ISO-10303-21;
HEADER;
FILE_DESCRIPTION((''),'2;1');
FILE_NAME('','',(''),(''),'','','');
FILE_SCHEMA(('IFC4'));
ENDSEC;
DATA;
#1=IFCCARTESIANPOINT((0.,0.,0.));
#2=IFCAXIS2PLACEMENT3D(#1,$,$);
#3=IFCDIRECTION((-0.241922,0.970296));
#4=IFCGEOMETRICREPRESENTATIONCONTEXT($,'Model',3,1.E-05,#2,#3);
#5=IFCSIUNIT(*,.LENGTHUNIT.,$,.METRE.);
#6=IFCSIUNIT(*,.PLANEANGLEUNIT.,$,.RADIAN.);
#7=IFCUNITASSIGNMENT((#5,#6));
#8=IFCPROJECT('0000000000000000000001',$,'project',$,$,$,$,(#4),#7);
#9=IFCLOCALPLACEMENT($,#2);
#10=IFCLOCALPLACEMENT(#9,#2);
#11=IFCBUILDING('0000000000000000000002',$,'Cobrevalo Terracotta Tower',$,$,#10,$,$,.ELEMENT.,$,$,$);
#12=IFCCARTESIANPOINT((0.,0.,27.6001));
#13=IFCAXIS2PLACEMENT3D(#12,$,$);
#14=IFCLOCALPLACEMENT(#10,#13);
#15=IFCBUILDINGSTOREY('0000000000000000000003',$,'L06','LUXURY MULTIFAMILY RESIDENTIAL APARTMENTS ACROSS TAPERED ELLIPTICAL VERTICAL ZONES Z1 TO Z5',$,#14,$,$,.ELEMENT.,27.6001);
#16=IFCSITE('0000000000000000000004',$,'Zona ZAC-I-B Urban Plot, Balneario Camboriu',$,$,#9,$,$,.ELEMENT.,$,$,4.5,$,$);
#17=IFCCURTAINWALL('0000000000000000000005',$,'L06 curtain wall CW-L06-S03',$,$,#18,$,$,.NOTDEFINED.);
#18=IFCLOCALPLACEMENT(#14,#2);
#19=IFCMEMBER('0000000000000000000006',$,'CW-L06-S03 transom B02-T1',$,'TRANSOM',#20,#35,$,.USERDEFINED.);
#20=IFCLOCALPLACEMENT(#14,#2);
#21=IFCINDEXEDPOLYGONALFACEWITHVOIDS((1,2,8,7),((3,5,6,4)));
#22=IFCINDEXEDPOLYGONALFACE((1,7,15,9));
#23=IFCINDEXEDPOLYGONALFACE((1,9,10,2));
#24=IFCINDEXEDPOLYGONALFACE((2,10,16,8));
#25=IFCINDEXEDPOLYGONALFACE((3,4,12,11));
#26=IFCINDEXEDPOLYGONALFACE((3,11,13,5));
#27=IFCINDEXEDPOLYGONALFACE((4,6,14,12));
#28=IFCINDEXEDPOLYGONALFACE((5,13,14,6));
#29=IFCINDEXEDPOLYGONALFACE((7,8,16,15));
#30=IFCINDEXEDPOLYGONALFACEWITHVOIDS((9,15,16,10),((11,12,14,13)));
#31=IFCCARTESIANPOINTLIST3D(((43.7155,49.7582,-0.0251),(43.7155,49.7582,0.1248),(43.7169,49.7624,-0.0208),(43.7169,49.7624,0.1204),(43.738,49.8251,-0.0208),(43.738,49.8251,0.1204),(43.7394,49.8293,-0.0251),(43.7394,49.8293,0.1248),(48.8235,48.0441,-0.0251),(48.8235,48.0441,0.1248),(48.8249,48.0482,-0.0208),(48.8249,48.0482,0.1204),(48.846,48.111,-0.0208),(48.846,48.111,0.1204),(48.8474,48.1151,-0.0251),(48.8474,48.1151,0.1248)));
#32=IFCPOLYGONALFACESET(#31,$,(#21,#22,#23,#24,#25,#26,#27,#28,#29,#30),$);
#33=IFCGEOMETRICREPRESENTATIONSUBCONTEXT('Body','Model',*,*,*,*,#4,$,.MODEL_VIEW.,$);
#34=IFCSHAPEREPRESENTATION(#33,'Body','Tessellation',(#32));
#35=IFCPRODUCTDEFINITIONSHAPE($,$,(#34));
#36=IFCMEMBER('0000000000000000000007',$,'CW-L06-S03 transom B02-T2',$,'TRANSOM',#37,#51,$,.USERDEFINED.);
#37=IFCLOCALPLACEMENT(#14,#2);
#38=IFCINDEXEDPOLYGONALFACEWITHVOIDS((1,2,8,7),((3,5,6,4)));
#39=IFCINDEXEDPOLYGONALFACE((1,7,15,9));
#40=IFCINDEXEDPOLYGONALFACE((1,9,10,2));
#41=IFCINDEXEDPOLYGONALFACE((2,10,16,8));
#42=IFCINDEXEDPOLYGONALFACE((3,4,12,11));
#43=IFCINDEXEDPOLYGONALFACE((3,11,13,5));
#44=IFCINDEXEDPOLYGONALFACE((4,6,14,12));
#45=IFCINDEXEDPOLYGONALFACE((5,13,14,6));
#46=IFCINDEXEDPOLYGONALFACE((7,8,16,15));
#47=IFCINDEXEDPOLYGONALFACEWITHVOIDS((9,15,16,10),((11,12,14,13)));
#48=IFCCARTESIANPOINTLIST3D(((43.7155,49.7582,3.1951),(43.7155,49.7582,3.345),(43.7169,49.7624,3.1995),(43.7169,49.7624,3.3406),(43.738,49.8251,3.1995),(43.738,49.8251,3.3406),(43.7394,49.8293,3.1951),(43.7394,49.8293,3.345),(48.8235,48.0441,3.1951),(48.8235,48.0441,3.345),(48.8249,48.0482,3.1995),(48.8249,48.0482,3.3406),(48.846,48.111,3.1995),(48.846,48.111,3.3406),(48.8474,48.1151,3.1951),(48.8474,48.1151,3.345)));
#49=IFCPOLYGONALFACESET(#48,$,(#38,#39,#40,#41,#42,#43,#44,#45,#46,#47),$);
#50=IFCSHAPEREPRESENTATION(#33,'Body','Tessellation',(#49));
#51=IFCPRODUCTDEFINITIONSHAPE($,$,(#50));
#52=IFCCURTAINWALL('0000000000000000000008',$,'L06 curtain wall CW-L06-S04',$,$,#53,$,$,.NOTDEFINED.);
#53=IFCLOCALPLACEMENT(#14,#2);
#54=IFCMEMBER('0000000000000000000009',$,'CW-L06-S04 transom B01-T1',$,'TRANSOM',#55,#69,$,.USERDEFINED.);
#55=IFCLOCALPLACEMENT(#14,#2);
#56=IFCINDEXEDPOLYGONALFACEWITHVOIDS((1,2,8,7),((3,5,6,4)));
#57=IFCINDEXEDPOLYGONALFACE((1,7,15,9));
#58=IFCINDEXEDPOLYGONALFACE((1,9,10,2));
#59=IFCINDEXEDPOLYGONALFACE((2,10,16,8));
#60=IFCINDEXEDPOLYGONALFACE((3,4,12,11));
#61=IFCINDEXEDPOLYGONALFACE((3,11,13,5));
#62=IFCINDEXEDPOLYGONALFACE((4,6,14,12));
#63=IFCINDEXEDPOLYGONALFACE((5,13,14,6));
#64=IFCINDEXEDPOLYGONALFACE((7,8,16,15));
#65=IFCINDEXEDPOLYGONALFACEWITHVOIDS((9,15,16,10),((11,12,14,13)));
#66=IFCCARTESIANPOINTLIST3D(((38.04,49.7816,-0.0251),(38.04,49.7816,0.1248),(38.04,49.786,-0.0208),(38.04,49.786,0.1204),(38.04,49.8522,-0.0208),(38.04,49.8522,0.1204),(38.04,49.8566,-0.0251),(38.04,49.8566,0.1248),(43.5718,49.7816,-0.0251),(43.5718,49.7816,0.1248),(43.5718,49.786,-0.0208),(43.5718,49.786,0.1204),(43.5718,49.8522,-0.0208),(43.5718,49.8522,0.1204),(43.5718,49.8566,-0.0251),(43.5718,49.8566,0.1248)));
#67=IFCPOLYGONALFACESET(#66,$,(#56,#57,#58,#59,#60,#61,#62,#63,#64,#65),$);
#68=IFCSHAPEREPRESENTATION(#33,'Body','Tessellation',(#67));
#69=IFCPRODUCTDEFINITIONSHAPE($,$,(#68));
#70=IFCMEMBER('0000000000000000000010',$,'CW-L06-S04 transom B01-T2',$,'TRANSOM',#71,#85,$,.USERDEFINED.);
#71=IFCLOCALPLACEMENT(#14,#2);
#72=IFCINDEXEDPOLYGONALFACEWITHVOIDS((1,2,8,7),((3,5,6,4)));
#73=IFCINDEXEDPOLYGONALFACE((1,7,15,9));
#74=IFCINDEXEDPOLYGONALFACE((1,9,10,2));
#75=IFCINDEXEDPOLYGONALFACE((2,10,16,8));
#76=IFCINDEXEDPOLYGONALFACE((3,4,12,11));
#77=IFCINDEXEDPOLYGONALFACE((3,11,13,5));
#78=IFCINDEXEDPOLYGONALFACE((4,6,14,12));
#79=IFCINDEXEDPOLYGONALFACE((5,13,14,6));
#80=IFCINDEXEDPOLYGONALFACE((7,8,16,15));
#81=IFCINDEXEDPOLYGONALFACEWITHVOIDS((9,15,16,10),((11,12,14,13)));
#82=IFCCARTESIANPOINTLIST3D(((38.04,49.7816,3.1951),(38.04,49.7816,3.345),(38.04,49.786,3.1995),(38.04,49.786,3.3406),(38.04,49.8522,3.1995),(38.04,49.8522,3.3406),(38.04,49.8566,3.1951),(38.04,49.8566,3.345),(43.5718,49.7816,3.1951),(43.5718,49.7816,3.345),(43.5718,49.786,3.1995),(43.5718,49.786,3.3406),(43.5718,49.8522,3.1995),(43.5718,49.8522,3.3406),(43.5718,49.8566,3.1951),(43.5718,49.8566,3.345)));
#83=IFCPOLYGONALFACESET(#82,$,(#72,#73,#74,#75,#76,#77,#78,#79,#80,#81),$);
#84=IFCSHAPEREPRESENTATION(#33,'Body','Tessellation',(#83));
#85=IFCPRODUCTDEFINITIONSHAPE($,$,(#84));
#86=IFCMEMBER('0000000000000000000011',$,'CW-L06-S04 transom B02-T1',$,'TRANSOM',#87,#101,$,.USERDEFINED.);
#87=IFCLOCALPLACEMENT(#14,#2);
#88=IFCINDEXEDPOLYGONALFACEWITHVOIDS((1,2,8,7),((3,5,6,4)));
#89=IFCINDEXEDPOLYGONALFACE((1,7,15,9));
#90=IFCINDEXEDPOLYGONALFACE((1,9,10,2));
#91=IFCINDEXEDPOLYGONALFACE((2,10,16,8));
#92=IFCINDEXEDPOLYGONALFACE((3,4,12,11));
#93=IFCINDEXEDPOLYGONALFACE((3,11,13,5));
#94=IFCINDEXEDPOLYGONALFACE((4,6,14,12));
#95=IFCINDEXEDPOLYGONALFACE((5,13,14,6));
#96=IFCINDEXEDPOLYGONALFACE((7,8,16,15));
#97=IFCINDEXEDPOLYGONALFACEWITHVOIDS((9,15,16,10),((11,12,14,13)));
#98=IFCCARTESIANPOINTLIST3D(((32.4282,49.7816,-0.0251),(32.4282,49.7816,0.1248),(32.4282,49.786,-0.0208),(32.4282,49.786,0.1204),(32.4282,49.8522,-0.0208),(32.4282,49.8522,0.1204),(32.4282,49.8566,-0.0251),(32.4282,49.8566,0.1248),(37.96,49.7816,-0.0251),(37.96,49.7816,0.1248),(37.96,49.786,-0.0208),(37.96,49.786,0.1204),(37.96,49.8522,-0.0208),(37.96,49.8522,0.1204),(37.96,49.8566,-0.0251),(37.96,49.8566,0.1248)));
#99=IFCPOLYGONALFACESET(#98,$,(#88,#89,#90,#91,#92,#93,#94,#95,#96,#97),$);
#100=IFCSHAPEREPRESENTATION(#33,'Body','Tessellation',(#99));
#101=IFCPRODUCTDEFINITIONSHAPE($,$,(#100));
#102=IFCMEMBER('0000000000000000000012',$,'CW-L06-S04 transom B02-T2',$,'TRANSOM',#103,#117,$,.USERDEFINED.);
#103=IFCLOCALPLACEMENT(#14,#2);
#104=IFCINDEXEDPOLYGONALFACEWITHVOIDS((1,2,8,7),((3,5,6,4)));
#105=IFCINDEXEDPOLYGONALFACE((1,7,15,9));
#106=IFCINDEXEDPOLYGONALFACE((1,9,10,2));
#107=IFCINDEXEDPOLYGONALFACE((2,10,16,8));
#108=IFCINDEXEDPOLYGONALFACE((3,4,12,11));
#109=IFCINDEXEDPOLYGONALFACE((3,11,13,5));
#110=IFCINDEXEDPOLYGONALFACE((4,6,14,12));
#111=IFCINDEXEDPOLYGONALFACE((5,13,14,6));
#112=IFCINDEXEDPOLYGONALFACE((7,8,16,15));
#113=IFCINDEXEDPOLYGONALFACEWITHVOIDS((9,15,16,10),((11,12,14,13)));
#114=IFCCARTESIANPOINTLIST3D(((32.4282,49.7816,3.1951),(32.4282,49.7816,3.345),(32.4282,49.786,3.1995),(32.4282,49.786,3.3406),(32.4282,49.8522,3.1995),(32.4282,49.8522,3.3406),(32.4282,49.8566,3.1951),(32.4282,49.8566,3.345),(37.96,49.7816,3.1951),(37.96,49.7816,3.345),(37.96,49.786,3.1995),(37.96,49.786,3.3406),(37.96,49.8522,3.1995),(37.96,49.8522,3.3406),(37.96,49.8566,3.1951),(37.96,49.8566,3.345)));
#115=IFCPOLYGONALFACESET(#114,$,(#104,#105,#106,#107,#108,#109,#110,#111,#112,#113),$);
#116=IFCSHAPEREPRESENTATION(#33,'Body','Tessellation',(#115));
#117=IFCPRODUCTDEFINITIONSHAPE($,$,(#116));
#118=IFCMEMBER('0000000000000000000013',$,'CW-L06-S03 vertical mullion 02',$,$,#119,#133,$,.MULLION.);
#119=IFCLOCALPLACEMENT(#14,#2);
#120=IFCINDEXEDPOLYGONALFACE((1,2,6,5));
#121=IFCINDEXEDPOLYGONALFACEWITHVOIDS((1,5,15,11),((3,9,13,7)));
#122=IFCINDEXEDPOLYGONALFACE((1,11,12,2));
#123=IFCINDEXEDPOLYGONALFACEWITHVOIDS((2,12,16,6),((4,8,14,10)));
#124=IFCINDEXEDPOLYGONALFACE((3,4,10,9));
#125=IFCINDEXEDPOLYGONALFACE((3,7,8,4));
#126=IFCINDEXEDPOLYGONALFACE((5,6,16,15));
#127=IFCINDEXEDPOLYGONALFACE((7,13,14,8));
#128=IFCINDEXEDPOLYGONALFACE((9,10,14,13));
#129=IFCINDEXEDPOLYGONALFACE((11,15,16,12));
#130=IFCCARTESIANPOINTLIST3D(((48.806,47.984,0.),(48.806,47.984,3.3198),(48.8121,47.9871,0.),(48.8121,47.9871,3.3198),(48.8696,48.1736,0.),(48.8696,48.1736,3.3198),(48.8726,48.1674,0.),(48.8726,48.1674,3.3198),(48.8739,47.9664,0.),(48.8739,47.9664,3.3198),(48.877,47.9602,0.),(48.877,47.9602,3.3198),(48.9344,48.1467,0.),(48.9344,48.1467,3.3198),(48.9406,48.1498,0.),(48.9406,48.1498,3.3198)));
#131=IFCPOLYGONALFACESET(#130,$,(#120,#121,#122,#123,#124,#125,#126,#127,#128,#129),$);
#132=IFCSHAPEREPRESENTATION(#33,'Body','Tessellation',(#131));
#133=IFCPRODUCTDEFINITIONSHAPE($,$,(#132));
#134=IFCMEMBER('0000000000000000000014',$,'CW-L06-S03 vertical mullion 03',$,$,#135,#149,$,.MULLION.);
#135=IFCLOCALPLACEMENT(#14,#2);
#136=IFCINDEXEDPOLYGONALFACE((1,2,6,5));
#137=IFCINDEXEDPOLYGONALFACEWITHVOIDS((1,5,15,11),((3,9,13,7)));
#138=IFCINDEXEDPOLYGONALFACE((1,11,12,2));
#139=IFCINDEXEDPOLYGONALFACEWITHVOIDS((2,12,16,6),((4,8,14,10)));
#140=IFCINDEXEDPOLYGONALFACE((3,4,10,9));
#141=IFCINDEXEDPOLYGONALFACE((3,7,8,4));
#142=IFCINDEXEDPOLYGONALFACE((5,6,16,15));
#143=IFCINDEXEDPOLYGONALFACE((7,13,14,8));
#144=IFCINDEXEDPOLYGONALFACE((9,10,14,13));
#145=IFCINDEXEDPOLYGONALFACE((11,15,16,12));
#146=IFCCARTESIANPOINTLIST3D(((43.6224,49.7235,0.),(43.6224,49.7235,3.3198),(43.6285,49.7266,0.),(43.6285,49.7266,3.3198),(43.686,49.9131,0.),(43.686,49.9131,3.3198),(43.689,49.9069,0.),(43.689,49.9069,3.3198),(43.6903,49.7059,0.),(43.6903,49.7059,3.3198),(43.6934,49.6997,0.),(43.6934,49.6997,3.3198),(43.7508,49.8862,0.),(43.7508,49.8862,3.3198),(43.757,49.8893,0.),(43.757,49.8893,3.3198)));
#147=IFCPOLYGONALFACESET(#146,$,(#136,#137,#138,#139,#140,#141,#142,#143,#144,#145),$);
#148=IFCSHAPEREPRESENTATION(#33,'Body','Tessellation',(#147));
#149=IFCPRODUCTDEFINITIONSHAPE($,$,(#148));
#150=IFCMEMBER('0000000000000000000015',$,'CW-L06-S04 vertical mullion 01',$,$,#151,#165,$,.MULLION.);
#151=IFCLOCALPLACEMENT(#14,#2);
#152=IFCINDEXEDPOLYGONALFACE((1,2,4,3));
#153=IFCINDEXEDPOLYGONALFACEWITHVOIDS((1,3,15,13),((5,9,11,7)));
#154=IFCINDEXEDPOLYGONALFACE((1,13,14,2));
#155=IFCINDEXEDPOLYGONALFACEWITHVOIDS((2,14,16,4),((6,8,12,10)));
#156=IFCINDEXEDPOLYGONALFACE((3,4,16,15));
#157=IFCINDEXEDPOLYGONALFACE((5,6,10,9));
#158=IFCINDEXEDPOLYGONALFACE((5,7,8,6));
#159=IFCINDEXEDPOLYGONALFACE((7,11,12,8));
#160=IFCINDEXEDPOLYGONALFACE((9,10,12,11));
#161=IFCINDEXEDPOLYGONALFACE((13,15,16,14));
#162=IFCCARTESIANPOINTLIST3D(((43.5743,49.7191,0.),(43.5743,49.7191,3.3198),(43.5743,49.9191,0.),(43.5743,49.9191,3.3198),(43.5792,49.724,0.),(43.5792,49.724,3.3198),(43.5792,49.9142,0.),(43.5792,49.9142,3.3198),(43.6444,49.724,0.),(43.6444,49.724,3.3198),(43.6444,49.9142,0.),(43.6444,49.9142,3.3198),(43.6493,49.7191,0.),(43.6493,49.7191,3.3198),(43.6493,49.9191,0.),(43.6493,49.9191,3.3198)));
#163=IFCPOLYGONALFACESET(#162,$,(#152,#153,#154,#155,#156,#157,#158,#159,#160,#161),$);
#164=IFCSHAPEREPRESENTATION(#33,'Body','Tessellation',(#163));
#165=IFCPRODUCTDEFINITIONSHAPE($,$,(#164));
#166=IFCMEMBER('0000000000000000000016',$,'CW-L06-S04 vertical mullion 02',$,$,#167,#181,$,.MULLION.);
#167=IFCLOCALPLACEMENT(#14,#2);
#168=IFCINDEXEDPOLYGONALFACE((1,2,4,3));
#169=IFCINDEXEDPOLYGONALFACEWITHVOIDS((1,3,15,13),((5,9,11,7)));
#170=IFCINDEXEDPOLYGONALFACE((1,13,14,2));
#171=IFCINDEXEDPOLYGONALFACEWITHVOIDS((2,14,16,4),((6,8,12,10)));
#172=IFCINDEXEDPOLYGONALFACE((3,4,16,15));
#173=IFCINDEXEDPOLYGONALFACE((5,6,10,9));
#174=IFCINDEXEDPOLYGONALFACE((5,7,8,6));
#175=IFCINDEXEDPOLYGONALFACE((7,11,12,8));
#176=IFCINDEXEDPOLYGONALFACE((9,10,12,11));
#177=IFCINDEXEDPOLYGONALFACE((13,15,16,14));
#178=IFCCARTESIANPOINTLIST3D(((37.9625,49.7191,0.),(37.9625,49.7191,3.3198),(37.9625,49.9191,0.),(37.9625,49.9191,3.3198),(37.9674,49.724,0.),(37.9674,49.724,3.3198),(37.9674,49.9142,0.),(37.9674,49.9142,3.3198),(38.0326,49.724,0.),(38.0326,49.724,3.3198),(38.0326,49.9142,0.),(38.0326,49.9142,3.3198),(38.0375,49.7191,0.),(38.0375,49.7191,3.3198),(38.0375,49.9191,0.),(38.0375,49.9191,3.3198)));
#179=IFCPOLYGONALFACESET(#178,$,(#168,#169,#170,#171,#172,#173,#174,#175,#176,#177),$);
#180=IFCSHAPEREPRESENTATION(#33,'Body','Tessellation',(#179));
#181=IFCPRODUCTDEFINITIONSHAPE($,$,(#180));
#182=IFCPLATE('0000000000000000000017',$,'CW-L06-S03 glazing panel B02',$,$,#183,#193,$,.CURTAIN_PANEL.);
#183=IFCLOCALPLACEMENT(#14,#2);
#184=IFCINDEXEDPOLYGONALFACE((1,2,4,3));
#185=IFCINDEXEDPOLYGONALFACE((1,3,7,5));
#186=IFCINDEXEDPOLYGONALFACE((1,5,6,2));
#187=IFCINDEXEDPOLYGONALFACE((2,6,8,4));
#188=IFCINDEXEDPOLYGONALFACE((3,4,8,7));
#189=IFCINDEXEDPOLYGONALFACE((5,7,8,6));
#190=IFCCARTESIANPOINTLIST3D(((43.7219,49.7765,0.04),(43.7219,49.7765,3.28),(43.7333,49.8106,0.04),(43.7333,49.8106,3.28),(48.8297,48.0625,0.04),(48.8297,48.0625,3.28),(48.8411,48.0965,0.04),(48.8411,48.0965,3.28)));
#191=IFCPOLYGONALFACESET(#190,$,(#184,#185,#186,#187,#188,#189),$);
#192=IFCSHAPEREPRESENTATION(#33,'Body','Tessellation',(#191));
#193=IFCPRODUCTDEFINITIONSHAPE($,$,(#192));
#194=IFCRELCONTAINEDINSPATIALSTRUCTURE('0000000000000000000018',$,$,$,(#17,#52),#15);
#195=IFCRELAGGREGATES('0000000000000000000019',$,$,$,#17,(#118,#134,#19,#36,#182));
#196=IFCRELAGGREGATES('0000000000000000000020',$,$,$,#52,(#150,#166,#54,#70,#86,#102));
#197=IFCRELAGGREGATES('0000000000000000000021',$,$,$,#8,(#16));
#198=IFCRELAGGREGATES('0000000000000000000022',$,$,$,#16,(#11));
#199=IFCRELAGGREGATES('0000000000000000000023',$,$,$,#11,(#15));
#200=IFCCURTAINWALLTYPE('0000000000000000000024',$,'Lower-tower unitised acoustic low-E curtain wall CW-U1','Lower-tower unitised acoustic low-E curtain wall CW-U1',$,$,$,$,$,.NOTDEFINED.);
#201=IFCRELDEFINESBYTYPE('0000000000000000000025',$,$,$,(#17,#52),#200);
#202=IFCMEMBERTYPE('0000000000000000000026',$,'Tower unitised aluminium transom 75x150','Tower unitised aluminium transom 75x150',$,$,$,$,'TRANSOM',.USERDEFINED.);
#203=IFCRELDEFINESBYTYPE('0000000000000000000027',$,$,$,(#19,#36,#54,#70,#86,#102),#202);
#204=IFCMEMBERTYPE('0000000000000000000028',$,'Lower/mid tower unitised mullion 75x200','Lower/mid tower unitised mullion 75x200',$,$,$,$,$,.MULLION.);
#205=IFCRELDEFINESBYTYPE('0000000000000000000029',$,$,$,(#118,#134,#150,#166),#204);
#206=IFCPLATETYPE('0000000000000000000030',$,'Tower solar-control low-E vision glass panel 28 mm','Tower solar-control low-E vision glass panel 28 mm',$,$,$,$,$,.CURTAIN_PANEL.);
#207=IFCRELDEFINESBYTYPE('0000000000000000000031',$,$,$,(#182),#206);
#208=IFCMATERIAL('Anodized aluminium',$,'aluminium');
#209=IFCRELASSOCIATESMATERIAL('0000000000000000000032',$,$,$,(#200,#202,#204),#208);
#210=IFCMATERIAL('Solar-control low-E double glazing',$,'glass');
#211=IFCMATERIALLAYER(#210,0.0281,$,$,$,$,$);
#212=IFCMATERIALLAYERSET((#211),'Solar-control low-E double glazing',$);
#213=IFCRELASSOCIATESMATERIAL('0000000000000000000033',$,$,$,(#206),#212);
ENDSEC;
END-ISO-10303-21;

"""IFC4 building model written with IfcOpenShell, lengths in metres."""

from ifc_helpers import new_model, si_unit, direction, frame, origin, origin_2d, place, context, subcontext, project, spatial, rectangle, hollow_rectangle, extrude, source, transform, mapped, material, layer, layer_set, material_profile, profile_set, type_object, element, aggregate, save


model = new_model("IFC4")

# Units and contexts
model_context = context("Model", 3, precision=1e-05, world=origin(), true_north=direction((-0.241922, 0.970296)))
body_context = subcontext(model_context, "Body", "Model", "MODEL_VIEW")
ifc_project = project(units=[si_unit("LENGTHUNIT", "METRE"), si_unit("PLANEANGLEUNIT", "RADIAN")], contexts=[model_context])

# Site, building, storey
site_placement = place(None, origin())
site = spatial("IfcSite", under=ifc_project, at=site_placement, Name="Zona ZAC-I-B Urban Plot, Balneario Camboriu", CompositionType="ELEMENT", RefElevation=4.5)
building_placement = place(site_placement, origin())
building = spatial("IfcBuilding", under=site, at=building_placement, Name="Cobrevalo Terracotta Tower", CompositionType="ELEMENT")
storey_placement = place(building_placement, frame((0.0, 0.0, 27.6001)))
storey = spatial("IfcBuildingStorey", under=building, at=storey_placement, Name="L06", Description="LUXURY MULTIFAMILY RESIDENTIAL APARTMENTS ACROSS TAPERED ELLIPTICAL VERTICAL ZONES Z1 TO Z5", CompositionType="ELEMENT", Elevation=27.6001)

# Curtain walls, members
ifc_material_1 = material(Name="Anodized aluminium", Category="aluminium")
curtain_wall_type = type_object("IfcCurtainWallType", Name="Lower-tower unitised acoustic low-E curtain wall CW-U1", Description="Lower-tower unitised acoustic low-E curtain wall CW-U1", PredefinedType="NOTDEFINED", material=ifc_material_1)
curtain_wall_1_placement = place(storey_placement, origin())
curtain_wall_1 = element("IfcCurtainWall", 1, at=curtain_wall_1_placement, inside=storey, type_object=curtain_wall_type, Name="L06 curtain wall CW-L06-S03", PredefinedType="NOTDEFINED")
ifc_material_profile_1 = material_profile(ifc_material_1, hollow_rectangle(XDim=0.075, YDim=0.1499, WallThickness=0.0044, at=origin_2d()), Name="CWT 75x150")
ifc_profile_set_1 = profile_set([ifc_material_profile_1], Name="Anodized aluminium")
member_type_1 = type_object("IfcMemberType", Name="Tower unitised aluminium transom 75x150", Description="Tower unitised aluminium transom 75x150", ElementType="TRANSOM", PredefinedType="USERDEFINED", material=ifc_profile_set_1)
shared_shape_1 = source(origin(), body_context, "Body", "SweptSolid", [
    extrude(hollow_rectangle(XDim=0.075, YDim=0.1499, WallThickness=0.0044, at=origin_2d()), origin(), (0.0, 0.0, 1.0), 5.3879),
])
member_1_placement = place(storey_placement, frame((48.8354, 48.0796, 0.0498), z_axis=(-0.948042, 0.318144, 0.0), x_axis=(-0.318144, -0.948042, 0.0)))
member_1 = element("IfcMember", 2, at=member_1_placement, type_object=member_type_1, Name="CW-L06-S03 transom B02-T1", ObjectType="TRANSOM", PredefinedType="USERDEFINED", context=body_context, shape_type="MappedRepresentation", body=[
    mapped(shared_shape_1, transform((0.0, 0.0, 0.0), scale=1.0)),
])
member_2_placement = place(storey_placement, frame((48.8354, 48.0796, 3.27), z_axis=(-0.948042, 0.318144, 0.0), x_axis=(-0.318144, -0.948042, 0.0)))
member_2 = element("IfcMember", 3, at=member_2_placement, type_object=member_type_1, Name="CW-L06-S03 transom B02-T2", ObjectType="TRANSOM", PredefinedType="USERDEFINED", context=body_context, shape_type="MappedRepresentation", body=[
    mapped(shared_shape_1, transform((0.0, 0.0, 0.0), scale=1.0)),
])
curtain_wall_2_placement = place(storey_placement, origin())
curtain_wall_2 = element("IfcCurtainWall", 4, at=curtain_wall_2_placement, inside=storey, type_object=curtain_wall_type, Name="L06 curtain wall CW-L06-S04", PredefinedType="NOTDEFINED")
shared_shape_2 = source(origin(), body_context, "Body", "SweptSolid", [
    extrude(hollow_rectangle(XDim=0.075, YDim=0.1499, WallThickness=0.0044, at=origin_2d()), origin(), (0.0, 0.0, 1.0), 5.5317),
])
member_3_placement = place(storey_placement, frame((43.5718, 49.8191, 0.0498), z_axis=(-1.0, 0.0, 0.0), x_axis=(0.0, -1.0, 0.0)))
member_3 = element("IfcMember", 5, at=member_3_placement, type_object=member_type_1, Name="CW-L06-S04 transom B01-T1", ObjectType="TRANSOM", PredefinedType="USERDEFINED", context=body_context, shape_type="MappedRepresentation", body=[
    mapped(shared_shape_2, transform((0.0, 0.0, 0.0), scale=1.0)),
])
member_4_placement = place(storey_placement, frame((43.5718, 49.8191, 3.27), z_axis=(-1.0, 0.0, 0.0), x_axis=(0.0, -1.0, 0.0)))
member_4 = element("IfcMember", 6, at=member_4_placement, type_object=member_type_1, Name="CW-L06-S04 transom B01-T2", ObjectType="TRANSOM", PredefinedType="USERDEFINED", context=body_context, shape_type="MappedRepresentation", body=[
    mapped(shared_shape_2, transform((0.0, 0.0, 0.0), scale=1.0)),
])
member_5_placement = place(storey_placement, frame((37.96, 49.8191, 0.0498), z_axis=(-1.0, 0.0, 0.0), x_axis=(0.0, -1.0, 0.0)))
member_5 = element("IfcMember", 7, at=member_5_placement, type_object=member_type_1, Name="CW-L06-S04 transom B02-T1", ObjectType="TRANSOM", PredefinedType="USERDEFINED", context=body_context, shape_type="MappedRepresentation", body=[
    mapped(shared_shape_2, transform((0.0, 0.0, 0.0), scale=1.0)),
])
member_6_placement = place(storey_placement, frame((37.96, 49.8191, 3.27), z_axis=(-1.0, 0.0, 0.0), x_axis=(0.0, -1.0, 0.0)))
member_6 = element("IfcMember", 8, at=member_6_placement, type_object=member_type_1, Name="CW-L06-S04 transom B02-T2", ObjectType="TRANSOM", PredefinedType="USERDEFINED", context=body_context, shape_type="MappedRepresentation", body=[
    mapped(shared_shape_2, transform((0.0, 0.0, 0.0), scale=1.0)),
])

# Members
ifc_material_profile_2 = material_profile(ifc_material_1, hollow_rectangle(XDim=0.075, YDim=0.2, WallThickness=0.0049, at=origin_2d()), Name="CWM 75x200")
ifc_profile_set_2 = profile_set([ifc_material_profile_2], Name="Anodized aluminium")
member_type_2 = type_object("IfcMemberType", Name="Lower/mid tower unitised mullion 75x200", Description="Lower/mid tower unitised mullion 75x200", PredefinedType="MULLION", material=ifc_profile_set_2)
shared_shape_3 = source(origin(), body_context, "Body", "SweptSolid", [
    extrude(hollow_rectangle(XDim=0.075, YDim=0.2, WallThickness=0.0049, at=origin_2d()), origin(), (0.0, 0.0, 1.0), 3.3198),
])
member_7_placement = place(storey_placement, frame((48.8733, 48.0669, 0.0), z_axis=(0.0, 0.0, 1.0), x_axis=(-0.948046, 0.318132, 0.0)))
member_7 = element("IfcMember", 9, at=member_7_placement, type_object=member_type_2, Name="CW-L06-S03 vertical mullion 02", PredefinedType="MULLION", context=body_context, shape_type="MappedRepresentation", body=[
    mapped(shared_shape_3, transform((0.0, 0.0, 0.0), scale=1.0)),
])
member_8_placement = place(storey_placement, frame((43.6897, 49.8064, 0.0), z_axis=(0.0, 0.0, 1.0), x_axis=(-0.948046, 0.318132, 0.0)))
member_8 = element("IfcMember", 10, at=member_8_placement, type_object=member_type_2, Name="CW-L06-S03 vertical mullion 03", PredefinedType="MULLION", context=body_context, shape_type="MappedRepresentation", body=[
    mapped(shared_shape_3, transform((0.0, 0.0, 0.0), scale=1.0)),
])
member_9_placement = place(storey_placement, frame((43.6118, 49.8191, 0.0), z_axis=(0.0, 0.0, 1.0), x_axis=(-1.0, 0.0, 0.0)))
member_9 = element("IfcMember", 11, at=member_9_placement, type_object=member_type_2, Name="CW-L06-S04 vertical mullion 01", PredefinedType="MULLION", context=body_context, shape_type="MappedRepresentation", body=[
    mapped(shared_shape_3, transform((0.0, 0.0, 0.0), scale=1.0)),
])
member_10_placement = place(storey_placement, frame((38.0, 49.8191, 0.0), z_axis=(0.0, 0.0, 1.0), x_axis=(-1.0, 0.0, 0.0)))
member_10 = element("IfcMember", 12, at=member_10_placement, type_object=member_type_2, Name="CW-L06-S04 vertical mullion 02", PredefinedType="MULLION", context=body_context, shape_type="MappedRepresentation", body=[
    mapped(shared_shape_3, transform((0.0, 0.0, 0.0), scale=1.0)),
])

# Plate
ifc_material_2 = material(Name="Solar-control low-E double glazing", Category="glass")
ifc_layer_1 = layer(ifc_material_2, 0.0281)
ifc_layer_set_1 = layer_set([ifc_layer_1], Name="Solar-control low-E double glazing")
plate_type = type_object("IfcPlateType", Name="Tower solar-control low-E vision glass panel 28 mm", Description="Tower solar-control low-E vision glass panel 28 mm", PredefinedType="CURTAIN_PANEL", material=ifc_layer_set_1)
shared_shape_4 = source(origin(), body_context, "Body", "SweptSolid", [
    extrude(rectangle(XDim=5.3877, YDim=0.0359, at=origin_2d()), origin(), (0.0, 0.0, 1.0), 3.24),
])
plate_1_placement = place(storey_placement, frame((46.2815, 48.9365, 0.04), z_axis=(0.0, 0.0, 1.0), x_axis=(-0.948044, 0.318139, 0.0)))
plate_1 = element("IfcPlate", 13, at=plate_1_placement, type_object=plate_type, Name="CW-L06-S03 glazing panel B02", PredefinedType="CURTAIN_PANEL", context=body_context, shape_type="MappedRepresentation", body=[
    mapped(shared_shape_4, transform((0.0, 0.0, 0.0), scale=1.0)),
])
aggregate(curtain_wall_1, [member_7, member_8, member_1, member_2, plate_1])
aggregate(curtain_wall_2, [member_9, member_10, member_3, member_4, member_5, member_6])

save(model, "model.ifc")
